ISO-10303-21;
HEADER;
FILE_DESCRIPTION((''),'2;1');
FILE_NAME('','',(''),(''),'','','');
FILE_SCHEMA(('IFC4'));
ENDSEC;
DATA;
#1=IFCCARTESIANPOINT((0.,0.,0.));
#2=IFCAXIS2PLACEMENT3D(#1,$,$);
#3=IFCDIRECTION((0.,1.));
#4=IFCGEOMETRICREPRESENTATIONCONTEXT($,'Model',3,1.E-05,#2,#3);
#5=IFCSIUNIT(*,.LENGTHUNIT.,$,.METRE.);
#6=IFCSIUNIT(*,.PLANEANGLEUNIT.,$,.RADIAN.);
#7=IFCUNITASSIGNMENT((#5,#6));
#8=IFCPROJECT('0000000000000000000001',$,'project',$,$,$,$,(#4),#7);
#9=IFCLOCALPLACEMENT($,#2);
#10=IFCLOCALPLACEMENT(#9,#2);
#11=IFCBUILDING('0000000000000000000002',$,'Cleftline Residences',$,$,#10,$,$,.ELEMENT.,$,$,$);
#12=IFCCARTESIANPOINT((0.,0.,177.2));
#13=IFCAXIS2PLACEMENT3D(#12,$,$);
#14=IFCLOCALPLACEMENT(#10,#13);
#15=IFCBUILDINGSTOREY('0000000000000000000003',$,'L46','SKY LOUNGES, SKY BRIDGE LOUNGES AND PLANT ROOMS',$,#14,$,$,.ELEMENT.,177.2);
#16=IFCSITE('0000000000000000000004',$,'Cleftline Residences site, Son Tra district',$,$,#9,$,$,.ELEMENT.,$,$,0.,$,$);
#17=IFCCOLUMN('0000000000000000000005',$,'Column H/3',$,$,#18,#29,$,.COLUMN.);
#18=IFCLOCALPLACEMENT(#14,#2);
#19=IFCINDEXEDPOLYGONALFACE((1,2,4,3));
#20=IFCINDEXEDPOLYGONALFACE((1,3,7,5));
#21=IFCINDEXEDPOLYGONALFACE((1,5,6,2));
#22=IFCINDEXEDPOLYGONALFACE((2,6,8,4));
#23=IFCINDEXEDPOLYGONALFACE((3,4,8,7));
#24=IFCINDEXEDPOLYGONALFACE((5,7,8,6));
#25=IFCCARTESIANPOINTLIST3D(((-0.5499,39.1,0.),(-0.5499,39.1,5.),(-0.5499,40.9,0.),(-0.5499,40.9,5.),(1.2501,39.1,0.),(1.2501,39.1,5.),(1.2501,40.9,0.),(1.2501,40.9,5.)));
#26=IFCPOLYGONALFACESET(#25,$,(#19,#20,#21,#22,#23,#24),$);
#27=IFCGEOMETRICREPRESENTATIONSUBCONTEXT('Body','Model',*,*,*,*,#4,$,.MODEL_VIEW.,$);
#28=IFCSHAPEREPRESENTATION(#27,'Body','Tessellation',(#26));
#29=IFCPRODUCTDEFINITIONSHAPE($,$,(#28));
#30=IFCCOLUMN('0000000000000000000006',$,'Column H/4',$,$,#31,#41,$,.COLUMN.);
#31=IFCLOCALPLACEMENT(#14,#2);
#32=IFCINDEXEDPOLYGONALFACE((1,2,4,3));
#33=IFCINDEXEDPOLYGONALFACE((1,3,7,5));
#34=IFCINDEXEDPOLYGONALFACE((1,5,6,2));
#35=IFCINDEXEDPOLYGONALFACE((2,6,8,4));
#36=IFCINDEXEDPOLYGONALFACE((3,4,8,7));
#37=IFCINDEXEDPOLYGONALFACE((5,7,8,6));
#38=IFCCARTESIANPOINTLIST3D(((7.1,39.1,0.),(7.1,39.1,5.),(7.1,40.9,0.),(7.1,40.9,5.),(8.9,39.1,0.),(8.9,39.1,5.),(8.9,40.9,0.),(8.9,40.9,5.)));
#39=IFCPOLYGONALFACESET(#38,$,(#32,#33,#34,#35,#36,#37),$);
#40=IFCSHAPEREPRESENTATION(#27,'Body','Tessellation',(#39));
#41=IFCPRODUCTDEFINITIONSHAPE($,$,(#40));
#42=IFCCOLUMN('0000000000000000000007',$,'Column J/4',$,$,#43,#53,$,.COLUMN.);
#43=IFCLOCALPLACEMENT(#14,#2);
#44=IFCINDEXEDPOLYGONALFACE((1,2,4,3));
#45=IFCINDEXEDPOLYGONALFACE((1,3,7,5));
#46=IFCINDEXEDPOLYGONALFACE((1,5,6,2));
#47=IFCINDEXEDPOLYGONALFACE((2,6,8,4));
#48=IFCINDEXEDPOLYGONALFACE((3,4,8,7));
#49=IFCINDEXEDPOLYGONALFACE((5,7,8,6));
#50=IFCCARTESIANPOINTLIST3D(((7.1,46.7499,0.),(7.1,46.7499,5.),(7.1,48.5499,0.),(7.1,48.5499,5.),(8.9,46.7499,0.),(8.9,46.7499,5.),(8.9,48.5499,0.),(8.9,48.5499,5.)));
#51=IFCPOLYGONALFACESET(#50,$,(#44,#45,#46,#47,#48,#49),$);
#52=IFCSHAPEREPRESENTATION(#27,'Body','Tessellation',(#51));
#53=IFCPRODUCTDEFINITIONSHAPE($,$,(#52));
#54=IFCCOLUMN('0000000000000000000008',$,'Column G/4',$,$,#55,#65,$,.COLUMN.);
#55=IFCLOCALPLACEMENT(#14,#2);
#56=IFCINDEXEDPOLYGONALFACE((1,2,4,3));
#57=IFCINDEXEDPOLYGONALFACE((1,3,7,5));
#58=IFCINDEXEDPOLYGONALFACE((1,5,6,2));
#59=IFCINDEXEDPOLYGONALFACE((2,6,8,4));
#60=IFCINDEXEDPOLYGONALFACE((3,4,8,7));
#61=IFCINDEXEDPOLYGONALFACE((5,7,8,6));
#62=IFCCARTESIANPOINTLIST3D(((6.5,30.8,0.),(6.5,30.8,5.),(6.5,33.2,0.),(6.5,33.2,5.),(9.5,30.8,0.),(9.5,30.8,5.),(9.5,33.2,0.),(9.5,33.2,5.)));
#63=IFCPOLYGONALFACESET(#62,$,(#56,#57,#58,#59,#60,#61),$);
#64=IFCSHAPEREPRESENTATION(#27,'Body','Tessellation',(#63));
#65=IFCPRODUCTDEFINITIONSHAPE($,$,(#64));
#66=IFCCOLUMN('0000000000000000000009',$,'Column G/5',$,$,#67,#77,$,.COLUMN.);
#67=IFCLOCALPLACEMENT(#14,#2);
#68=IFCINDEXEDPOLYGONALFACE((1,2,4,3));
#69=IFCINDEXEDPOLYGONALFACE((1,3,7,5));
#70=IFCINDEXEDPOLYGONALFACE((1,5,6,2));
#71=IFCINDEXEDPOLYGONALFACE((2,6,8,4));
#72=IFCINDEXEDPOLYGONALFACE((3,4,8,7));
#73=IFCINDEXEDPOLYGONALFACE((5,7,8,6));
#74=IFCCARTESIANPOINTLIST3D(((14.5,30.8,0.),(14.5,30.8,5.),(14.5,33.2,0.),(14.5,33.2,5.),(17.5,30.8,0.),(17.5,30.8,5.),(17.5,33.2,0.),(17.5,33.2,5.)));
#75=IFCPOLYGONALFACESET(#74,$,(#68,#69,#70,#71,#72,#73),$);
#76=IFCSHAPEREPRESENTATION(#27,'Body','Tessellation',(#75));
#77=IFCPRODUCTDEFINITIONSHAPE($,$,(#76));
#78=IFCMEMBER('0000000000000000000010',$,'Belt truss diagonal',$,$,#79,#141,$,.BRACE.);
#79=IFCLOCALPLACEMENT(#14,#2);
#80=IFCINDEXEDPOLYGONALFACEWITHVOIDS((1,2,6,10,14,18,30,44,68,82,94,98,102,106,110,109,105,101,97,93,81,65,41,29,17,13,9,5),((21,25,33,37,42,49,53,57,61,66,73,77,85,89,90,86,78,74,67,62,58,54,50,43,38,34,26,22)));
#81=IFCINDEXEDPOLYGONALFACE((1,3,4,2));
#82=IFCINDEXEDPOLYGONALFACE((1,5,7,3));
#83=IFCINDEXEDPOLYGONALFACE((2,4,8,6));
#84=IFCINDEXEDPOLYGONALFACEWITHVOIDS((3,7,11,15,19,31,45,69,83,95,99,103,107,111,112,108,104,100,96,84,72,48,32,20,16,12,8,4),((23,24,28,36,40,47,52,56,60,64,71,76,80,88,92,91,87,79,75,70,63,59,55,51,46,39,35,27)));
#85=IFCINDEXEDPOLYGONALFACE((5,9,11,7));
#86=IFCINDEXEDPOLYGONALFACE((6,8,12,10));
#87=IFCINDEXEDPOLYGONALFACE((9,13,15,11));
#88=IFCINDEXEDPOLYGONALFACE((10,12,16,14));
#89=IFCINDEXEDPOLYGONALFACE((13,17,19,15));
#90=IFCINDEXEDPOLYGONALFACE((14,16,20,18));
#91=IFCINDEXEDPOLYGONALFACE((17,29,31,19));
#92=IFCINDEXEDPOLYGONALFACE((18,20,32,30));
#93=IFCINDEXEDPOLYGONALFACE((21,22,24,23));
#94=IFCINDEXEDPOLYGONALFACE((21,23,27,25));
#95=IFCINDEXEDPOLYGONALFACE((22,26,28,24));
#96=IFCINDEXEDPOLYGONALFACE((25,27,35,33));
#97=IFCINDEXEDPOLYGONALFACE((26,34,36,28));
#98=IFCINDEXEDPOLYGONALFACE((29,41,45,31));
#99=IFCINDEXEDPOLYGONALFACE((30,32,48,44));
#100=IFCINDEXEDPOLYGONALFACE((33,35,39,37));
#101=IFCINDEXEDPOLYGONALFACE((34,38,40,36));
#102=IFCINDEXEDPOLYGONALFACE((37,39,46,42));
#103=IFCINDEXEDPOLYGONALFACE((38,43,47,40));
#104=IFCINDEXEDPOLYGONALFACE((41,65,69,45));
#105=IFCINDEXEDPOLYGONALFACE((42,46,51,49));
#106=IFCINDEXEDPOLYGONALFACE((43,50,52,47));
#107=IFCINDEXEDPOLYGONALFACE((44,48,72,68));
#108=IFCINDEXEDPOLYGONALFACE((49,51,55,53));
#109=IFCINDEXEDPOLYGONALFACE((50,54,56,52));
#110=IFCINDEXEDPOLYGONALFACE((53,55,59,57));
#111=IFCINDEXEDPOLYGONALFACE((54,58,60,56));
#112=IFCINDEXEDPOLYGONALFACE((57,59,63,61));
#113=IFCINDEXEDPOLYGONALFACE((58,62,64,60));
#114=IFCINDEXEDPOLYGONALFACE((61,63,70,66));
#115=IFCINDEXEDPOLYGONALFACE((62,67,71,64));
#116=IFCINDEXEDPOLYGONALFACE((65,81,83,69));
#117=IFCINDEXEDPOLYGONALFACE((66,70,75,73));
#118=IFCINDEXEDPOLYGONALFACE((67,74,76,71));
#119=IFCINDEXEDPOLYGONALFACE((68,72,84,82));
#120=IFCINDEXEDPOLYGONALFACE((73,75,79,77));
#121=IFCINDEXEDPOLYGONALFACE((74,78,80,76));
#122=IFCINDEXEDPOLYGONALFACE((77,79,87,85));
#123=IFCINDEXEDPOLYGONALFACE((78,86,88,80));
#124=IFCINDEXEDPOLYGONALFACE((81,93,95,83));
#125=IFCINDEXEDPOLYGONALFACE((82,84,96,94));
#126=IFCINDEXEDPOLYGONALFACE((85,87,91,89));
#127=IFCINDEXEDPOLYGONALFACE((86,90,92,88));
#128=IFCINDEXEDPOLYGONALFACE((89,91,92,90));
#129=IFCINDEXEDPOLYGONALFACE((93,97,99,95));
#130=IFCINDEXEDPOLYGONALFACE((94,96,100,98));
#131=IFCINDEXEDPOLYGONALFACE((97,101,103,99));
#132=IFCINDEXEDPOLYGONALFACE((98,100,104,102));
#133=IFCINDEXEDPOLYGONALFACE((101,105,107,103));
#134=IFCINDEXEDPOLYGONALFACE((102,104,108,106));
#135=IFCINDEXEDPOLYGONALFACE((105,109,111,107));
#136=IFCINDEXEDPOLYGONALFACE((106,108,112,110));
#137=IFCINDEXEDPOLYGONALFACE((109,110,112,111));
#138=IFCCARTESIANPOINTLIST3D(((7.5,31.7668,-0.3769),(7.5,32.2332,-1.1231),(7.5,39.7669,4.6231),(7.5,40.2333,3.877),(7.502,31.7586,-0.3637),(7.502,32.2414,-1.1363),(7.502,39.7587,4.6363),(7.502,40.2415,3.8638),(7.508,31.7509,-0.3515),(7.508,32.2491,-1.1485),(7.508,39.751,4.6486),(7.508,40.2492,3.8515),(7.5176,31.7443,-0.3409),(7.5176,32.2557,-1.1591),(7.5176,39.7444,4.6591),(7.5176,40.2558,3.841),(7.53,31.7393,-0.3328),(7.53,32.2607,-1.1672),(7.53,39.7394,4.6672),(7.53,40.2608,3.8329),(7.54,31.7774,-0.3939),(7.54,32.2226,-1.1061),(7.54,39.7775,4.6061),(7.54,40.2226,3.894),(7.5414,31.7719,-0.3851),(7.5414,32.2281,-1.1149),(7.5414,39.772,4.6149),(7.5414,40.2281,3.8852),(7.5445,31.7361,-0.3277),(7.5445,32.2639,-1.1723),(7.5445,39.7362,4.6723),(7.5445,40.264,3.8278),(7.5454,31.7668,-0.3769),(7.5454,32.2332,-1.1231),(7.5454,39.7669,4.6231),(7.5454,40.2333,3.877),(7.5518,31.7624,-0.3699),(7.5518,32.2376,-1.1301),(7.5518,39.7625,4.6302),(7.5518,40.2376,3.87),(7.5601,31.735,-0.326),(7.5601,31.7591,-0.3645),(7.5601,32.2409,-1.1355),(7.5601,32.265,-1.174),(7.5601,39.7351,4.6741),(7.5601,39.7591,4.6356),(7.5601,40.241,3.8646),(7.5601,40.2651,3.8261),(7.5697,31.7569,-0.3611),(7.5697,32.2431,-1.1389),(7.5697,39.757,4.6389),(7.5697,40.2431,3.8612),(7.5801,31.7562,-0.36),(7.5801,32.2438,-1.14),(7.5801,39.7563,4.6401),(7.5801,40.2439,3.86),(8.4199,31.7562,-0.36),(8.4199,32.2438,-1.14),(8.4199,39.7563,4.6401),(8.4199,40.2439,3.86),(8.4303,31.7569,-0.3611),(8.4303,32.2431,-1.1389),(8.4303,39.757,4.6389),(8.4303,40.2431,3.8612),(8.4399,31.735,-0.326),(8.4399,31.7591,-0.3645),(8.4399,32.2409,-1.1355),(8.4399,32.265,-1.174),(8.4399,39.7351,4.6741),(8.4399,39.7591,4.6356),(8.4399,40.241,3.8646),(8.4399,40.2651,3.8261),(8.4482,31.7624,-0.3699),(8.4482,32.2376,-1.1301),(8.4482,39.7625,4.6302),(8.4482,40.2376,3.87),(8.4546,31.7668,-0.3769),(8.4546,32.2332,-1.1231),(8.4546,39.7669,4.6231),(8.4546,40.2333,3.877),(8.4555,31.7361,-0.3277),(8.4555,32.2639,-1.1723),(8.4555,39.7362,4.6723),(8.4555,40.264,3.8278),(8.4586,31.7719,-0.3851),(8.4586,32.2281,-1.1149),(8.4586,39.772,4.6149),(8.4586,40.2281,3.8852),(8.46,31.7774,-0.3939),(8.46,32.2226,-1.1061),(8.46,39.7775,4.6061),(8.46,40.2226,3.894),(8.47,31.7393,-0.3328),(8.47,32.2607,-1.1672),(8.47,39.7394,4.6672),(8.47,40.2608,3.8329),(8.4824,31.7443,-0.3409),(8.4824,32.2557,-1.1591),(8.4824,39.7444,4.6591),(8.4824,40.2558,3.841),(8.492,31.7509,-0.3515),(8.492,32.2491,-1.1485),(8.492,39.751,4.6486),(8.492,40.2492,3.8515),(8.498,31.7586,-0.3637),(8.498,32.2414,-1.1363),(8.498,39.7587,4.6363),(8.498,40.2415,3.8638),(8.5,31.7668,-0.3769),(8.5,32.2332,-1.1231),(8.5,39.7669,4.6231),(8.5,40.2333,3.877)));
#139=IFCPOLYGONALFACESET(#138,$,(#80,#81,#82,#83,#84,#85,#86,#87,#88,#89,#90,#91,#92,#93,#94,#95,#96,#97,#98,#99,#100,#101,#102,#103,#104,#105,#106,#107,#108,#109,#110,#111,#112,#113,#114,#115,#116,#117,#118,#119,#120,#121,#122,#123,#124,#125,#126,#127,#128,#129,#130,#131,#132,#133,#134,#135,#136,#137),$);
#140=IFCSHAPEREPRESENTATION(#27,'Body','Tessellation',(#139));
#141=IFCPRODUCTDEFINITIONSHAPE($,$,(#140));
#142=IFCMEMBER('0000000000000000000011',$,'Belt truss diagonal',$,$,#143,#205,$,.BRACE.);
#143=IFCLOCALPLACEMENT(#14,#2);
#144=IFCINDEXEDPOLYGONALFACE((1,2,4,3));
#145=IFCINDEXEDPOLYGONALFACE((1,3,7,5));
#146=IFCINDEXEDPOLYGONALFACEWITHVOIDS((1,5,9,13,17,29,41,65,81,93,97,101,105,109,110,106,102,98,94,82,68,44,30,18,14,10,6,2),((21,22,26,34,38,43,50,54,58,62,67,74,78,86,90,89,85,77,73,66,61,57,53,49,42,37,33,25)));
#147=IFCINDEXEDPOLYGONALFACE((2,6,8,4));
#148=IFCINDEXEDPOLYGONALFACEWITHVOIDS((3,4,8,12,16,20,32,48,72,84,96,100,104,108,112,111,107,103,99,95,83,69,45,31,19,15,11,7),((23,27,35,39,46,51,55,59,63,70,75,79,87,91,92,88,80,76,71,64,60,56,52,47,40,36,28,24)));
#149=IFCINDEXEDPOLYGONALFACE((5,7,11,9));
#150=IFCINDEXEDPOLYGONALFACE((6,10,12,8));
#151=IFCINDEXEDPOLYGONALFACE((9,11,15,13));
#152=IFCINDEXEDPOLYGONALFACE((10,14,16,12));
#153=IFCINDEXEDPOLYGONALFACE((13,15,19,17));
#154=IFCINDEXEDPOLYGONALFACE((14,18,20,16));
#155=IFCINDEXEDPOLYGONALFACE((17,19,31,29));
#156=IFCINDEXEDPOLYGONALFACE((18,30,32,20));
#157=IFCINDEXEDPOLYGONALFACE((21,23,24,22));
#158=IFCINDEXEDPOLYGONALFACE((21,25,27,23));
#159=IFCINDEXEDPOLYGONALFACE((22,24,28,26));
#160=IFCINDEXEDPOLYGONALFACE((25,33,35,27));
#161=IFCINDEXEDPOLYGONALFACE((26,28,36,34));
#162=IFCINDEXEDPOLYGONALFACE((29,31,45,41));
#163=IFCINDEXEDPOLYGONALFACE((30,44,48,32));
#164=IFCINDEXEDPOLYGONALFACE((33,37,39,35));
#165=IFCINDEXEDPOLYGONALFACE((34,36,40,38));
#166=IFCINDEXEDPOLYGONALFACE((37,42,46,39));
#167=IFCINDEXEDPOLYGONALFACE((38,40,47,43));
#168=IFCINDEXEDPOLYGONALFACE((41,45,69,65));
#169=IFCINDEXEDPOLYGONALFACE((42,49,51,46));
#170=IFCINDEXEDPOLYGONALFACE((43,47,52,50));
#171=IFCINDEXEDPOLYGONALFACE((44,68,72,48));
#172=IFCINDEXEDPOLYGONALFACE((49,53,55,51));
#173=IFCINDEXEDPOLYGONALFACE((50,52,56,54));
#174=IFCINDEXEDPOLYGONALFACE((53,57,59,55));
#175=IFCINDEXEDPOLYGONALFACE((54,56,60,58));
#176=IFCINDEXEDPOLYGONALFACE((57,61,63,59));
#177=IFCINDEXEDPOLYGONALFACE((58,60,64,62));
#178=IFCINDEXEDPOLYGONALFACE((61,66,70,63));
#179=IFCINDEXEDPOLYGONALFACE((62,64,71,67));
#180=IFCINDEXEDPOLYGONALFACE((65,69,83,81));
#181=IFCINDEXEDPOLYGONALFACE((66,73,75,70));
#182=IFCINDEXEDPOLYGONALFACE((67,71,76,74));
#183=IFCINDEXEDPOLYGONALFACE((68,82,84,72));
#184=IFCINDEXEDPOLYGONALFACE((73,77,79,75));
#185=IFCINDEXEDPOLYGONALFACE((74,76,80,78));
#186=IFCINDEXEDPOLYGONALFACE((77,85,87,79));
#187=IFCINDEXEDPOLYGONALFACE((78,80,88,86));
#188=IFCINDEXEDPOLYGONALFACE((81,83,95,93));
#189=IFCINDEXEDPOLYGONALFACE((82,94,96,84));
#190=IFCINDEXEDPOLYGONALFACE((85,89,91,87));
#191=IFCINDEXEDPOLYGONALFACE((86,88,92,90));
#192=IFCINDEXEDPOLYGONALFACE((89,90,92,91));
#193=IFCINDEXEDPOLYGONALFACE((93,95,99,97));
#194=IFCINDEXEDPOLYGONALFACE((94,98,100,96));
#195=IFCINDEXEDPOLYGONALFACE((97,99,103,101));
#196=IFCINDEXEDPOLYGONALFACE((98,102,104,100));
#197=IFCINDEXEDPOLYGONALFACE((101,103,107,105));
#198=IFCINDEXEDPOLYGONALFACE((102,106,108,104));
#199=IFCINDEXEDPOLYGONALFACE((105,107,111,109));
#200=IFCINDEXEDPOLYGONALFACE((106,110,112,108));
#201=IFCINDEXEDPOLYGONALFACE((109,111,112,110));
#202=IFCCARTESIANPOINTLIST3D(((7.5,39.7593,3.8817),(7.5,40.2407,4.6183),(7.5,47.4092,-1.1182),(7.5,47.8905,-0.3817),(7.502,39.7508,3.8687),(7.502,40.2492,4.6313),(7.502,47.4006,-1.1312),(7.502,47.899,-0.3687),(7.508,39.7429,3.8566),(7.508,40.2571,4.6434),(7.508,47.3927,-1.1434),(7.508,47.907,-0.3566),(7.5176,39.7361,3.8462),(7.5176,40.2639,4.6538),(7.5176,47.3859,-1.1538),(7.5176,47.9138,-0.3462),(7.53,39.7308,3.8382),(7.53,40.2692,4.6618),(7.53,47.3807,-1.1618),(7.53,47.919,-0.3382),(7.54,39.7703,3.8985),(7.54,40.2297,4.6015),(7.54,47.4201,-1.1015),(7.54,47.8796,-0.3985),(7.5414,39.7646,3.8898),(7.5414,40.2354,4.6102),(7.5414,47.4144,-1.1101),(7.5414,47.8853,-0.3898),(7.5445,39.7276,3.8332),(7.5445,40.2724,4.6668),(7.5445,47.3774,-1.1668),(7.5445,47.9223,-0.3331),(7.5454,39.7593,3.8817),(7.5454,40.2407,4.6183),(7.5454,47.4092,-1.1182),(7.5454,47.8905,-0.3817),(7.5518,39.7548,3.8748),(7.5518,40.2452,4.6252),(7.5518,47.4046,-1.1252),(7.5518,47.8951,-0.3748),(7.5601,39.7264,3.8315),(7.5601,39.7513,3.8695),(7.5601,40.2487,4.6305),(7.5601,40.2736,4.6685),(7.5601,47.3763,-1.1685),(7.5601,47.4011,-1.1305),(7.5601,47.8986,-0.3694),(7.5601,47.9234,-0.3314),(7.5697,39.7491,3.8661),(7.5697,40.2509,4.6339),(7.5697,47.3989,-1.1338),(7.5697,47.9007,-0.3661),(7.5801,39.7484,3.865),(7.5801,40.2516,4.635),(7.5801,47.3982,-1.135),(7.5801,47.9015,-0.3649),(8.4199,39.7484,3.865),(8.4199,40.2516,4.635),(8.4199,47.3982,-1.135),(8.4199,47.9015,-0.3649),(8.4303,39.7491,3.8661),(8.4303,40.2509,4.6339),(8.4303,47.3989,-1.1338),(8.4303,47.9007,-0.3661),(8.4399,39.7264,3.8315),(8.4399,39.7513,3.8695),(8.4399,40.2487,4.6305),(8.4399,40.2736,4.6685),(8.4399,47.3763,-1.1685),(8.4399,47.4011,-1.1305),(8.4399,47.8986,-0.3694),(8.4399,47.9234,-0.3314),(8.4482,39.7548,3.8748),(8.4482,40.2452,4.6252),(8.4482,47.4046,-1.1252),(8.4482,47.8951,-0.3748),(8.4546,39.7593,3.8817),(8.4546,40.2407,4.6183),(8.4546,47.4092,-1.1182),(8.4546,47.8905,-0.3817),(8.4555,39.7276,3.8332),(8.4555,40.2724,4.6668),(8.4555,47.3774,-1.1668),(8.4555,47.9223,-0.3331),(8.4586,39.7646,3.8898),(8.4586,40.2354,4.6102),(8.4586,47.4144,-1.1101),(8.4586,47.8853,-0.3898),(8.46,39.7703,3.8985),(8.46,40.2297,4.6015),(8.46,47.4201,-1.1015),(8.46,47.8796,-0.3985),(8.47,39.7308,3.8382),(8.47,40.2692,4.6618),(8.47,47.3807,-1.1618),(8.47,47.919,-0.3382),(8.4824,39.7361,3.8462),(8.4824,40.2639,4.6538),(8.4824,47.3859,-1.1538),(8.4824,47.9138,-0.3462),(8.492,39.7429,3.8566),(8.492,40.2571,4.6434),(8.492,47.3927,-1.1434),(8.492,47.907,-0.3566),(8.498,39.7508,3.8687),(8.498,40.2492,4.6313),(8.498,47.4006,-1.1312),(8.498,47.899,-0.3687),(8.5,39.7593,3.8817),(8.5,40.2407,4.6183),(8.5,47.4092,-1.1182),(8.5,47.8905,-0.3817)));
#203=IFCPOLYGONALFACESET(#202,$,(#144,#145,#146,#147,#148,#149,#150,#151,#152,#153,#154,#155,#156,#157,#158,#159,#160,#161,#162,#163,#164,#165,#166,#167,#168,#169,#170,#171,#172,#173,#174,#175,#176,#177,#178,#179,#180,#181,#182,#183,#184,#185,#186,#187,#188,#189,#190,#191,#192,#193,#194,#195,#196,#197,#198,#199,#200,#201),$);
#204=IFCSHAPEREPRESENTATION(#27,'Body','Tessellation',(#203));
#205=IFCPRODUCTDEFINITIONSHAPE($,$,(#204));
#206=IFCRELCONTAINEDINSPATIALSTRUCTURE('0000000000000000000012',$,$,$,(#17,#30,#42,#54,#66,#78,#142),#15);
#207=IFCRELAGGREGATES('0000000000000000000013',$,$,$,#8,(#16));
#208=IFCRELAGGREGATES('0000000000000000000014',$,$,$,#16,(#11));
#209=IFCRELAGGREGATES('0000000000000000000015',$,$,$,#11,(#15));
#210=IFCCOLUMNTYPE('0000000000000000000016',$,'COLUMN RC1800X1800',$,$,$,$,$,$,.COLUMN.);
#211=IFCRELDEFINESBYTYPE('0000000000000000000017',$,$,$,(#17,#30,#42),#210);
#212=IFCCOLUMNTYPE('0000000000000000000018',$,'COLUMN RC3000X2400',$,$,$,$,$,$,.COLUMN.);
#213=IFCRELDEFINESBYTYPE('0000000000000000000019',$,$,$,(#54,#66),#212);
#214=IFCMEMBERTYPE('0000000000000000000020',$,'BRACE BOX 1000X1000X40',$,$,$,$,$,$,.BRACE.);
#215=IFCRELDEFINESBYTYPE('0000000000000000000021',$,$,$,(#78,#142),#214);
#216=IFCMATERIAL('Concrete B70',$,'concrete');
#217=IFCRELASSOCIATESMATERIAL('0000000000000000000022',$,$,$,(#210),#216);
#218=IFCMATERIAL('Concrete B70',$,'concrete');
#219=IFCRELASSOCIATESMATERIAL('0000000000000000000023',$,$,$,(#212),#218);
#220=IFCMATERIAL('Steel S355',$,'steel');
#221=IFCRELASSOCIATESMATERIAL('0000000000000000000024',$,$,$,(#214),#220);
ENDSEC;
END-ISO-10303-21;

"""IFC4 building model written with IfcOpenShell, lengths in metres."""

from ifc_helpers import new_model, si_unit, direction, frame, origin, origin_2d, place, context, subcontext, project, spatial, rectangle, hollow_rectangle, extrude, material, material_profile, profile_set, type_object, element, save


model = new_model("IFC4")

# Units and contexts
model_context = context("Model", 3, precision=1e-05, world=origin(), true_north=direction((0.0, 1.0)))
body_context = subcontext(model_context, "Body", "Model", "MODEL_VIEW")
ifc_project = project(units=[si_unit("LENGTHUNIT", "METRE"), si_unit("PLANEANGLEUNIT", "RADIAN")], contexts=[model_context])

# Site, building, storey
site_placement = place(None, origin())
site = spatial("IfcSite", under=ifc_project, at=site_placement, Name="Cleftline Residences site, Son Tra district", CompositionType="ELEMENT", RefElevation=0.0)
building_placement = place(site_placement, origin())
building = spatial("IfcBuilding", under=site, at=building_placement, Name="Cleftline Residences", CompositionType="ELEMENT")
storey_placement = place(building_placement, frame((0.0, 0.0, 177.2)))
storey = spatial("IfcBuildingStorey", under=building, at=storey_placement, Name="L46", Description="SKY LOUNGES, SKY BRIDGE LOUNGES AND PLANT ROOMS", CompositionType="ELEMENT", Elevation=177.2)

# Columns
ifc_material_1 = material(Name="Concrete B70", Category="concrete")
ifc_material_profile_1 = material_profile(ifc_material_1, rectangle(XDim=1.8, YDim=1.8, at=origin_2d()))
ifc_profile_set_1 = profile_set([ifc_material_profile_1], Name="Concrete B70")
column_type_1 = type_object("IfcColumnType", Name="COLUMN RC1800X1800", PredefinedType="COLUMN", material=ifc_profile_set_1)
for number, where, z_axis, x_axis, name in (
    (1, (0.3501, 40.0, 0.0), (0.0, 0.0, 1.0), (1.0, 0.0, 0.0), "Column H/3"),
    (2, (8.0, 40.0, 0.0), (0.0, 0.0, 1.0), (1.0, 0.0, 0.0), "Column H/4"),
    (3, (8.0, 47.6499, 0.0), (0.0, 0.0, 1.0), (1.0, 0.0, 0.0), "Column J/4"),
):
    element("IfcColumn", number, at=place(storey_placement, frame(where, z_axis=z_axis, x_axis=x_axis)), inside=storey, type_object=column_type_1, Name=name, PredefinedType="COLUMN", context=body_context, shape_type="SweptSolid", body=[
        extrude(rectangle(XDim=1.8, YDim=1.8, at=origin_2d()), origin(), (0.0, 0.0, 1.0), 5.0),
    ])
ifc_material_2 = material(Name="Concrete B70", Category="concrete")
ifc_material_profile_2 = material_profile(ifc_material_2, rectangle(XDim=3.0, YDim=2.3999, at=origin_2d()))
ifc_profile_set_2 = profile_set([ifc_material_profile_2], Name="Concrete B70")
column_type_2 = type_object("IfcColumnType", Name="COLUMN RC3000X2400", PredefinedType="COLUMN", material=ifc_profile_set_2)
for number, where, z_axis, x_axis, name in (
    (4, (8.0, 32.0, 0.0), (0.0, 0.0, 1.0), (1.0, 0.0, 0.0), "Column G/4"),
    (5, (16.0, 32.0, 0.0), (0.0, 0.0, 1.0), (1.0, 0.0, 0.0), "Column G/5"),
):
    element("IfcColumn", number, at=place(storey_placement, frame(where, z_axis=z_axis, x_axis=x_axis)), inside=storey, type_object=column_type_2, Name=name, PredefinedType="COLUMN", context=body_context, shape_type="SweptSolid", body=[
        extrude(rectangle(XDim=3.0, YDim=2.3999, at=origin_2d()), origin(), (0.0, 0.0, 1.0), 5.0),
    ])

# Members
ifc_material_3 = material(Name="Steel S355", Category="steel")
ifc_material_profile_3 = material_profile(ifc_material_3, hollow_rectangle(XDim=1.0, YDim=1.0, WallThickness=0.04, InnerFilletRadius=0.04, OuterFilletRadius=0.0601, at=origin_2d()))
ifc_profile_set_3 = profile_set([ifc_material_profile_3], Name="Steel S355")
member_type_1 = type_object("IfcMemberType", Name="BRACE BOX 1000X1000X40", PredefinedType="BRACE", material=ifc_profile_set_3)
member_1_placement = place(storey_placement, frame((8.0, 32.0, -0.75), z_axis=(0.0, 0.847998, 0.529999), x_axis=(0.0, -0.529999, 0.847998)))
element("IfcMember", 6, at=member_1_placement, inside=storey, type_object=member_type_1, Name="Belt truss diagonal", PredefinedType="BRACE", context=body_context, shape_type="SweptSolid", body=[
    extrude(hollow_rectangle(XDim=1.0, YDim=1.0, WallThickness=0.04, InnerFilletRadius=0.04, OuterFilletRadius=0.0601, at=origin_2d()), origin(), (0.0, 0.0, 1.0), 9.4341),
])
member_2_placement = place(storey_placement, frame((8.0, 40.0, 4.25), z_axis=(0.0, 0.837063, -0.547107), x_axis=(0.0, 0.547107, 0.837063)))
element("IfcMember", 7, at=member_2_placement, inside=storey, type_object=member_type_1, Name="Belt truss diagonal", PredefinedType="BRACE", context=body_context, shape_type="SweptSolid", body=[
    extrude(hollow_rectangle(XDim=1.0, YDim=1.0, WallThickness=0.04, InnerFilletRadius=0.04, OuterFilletRadius=0.0601, at=origin_2d()), origin(), (0.0, 0.0, 1.0), 9.1389),
])

save(model, "model.ifc")
